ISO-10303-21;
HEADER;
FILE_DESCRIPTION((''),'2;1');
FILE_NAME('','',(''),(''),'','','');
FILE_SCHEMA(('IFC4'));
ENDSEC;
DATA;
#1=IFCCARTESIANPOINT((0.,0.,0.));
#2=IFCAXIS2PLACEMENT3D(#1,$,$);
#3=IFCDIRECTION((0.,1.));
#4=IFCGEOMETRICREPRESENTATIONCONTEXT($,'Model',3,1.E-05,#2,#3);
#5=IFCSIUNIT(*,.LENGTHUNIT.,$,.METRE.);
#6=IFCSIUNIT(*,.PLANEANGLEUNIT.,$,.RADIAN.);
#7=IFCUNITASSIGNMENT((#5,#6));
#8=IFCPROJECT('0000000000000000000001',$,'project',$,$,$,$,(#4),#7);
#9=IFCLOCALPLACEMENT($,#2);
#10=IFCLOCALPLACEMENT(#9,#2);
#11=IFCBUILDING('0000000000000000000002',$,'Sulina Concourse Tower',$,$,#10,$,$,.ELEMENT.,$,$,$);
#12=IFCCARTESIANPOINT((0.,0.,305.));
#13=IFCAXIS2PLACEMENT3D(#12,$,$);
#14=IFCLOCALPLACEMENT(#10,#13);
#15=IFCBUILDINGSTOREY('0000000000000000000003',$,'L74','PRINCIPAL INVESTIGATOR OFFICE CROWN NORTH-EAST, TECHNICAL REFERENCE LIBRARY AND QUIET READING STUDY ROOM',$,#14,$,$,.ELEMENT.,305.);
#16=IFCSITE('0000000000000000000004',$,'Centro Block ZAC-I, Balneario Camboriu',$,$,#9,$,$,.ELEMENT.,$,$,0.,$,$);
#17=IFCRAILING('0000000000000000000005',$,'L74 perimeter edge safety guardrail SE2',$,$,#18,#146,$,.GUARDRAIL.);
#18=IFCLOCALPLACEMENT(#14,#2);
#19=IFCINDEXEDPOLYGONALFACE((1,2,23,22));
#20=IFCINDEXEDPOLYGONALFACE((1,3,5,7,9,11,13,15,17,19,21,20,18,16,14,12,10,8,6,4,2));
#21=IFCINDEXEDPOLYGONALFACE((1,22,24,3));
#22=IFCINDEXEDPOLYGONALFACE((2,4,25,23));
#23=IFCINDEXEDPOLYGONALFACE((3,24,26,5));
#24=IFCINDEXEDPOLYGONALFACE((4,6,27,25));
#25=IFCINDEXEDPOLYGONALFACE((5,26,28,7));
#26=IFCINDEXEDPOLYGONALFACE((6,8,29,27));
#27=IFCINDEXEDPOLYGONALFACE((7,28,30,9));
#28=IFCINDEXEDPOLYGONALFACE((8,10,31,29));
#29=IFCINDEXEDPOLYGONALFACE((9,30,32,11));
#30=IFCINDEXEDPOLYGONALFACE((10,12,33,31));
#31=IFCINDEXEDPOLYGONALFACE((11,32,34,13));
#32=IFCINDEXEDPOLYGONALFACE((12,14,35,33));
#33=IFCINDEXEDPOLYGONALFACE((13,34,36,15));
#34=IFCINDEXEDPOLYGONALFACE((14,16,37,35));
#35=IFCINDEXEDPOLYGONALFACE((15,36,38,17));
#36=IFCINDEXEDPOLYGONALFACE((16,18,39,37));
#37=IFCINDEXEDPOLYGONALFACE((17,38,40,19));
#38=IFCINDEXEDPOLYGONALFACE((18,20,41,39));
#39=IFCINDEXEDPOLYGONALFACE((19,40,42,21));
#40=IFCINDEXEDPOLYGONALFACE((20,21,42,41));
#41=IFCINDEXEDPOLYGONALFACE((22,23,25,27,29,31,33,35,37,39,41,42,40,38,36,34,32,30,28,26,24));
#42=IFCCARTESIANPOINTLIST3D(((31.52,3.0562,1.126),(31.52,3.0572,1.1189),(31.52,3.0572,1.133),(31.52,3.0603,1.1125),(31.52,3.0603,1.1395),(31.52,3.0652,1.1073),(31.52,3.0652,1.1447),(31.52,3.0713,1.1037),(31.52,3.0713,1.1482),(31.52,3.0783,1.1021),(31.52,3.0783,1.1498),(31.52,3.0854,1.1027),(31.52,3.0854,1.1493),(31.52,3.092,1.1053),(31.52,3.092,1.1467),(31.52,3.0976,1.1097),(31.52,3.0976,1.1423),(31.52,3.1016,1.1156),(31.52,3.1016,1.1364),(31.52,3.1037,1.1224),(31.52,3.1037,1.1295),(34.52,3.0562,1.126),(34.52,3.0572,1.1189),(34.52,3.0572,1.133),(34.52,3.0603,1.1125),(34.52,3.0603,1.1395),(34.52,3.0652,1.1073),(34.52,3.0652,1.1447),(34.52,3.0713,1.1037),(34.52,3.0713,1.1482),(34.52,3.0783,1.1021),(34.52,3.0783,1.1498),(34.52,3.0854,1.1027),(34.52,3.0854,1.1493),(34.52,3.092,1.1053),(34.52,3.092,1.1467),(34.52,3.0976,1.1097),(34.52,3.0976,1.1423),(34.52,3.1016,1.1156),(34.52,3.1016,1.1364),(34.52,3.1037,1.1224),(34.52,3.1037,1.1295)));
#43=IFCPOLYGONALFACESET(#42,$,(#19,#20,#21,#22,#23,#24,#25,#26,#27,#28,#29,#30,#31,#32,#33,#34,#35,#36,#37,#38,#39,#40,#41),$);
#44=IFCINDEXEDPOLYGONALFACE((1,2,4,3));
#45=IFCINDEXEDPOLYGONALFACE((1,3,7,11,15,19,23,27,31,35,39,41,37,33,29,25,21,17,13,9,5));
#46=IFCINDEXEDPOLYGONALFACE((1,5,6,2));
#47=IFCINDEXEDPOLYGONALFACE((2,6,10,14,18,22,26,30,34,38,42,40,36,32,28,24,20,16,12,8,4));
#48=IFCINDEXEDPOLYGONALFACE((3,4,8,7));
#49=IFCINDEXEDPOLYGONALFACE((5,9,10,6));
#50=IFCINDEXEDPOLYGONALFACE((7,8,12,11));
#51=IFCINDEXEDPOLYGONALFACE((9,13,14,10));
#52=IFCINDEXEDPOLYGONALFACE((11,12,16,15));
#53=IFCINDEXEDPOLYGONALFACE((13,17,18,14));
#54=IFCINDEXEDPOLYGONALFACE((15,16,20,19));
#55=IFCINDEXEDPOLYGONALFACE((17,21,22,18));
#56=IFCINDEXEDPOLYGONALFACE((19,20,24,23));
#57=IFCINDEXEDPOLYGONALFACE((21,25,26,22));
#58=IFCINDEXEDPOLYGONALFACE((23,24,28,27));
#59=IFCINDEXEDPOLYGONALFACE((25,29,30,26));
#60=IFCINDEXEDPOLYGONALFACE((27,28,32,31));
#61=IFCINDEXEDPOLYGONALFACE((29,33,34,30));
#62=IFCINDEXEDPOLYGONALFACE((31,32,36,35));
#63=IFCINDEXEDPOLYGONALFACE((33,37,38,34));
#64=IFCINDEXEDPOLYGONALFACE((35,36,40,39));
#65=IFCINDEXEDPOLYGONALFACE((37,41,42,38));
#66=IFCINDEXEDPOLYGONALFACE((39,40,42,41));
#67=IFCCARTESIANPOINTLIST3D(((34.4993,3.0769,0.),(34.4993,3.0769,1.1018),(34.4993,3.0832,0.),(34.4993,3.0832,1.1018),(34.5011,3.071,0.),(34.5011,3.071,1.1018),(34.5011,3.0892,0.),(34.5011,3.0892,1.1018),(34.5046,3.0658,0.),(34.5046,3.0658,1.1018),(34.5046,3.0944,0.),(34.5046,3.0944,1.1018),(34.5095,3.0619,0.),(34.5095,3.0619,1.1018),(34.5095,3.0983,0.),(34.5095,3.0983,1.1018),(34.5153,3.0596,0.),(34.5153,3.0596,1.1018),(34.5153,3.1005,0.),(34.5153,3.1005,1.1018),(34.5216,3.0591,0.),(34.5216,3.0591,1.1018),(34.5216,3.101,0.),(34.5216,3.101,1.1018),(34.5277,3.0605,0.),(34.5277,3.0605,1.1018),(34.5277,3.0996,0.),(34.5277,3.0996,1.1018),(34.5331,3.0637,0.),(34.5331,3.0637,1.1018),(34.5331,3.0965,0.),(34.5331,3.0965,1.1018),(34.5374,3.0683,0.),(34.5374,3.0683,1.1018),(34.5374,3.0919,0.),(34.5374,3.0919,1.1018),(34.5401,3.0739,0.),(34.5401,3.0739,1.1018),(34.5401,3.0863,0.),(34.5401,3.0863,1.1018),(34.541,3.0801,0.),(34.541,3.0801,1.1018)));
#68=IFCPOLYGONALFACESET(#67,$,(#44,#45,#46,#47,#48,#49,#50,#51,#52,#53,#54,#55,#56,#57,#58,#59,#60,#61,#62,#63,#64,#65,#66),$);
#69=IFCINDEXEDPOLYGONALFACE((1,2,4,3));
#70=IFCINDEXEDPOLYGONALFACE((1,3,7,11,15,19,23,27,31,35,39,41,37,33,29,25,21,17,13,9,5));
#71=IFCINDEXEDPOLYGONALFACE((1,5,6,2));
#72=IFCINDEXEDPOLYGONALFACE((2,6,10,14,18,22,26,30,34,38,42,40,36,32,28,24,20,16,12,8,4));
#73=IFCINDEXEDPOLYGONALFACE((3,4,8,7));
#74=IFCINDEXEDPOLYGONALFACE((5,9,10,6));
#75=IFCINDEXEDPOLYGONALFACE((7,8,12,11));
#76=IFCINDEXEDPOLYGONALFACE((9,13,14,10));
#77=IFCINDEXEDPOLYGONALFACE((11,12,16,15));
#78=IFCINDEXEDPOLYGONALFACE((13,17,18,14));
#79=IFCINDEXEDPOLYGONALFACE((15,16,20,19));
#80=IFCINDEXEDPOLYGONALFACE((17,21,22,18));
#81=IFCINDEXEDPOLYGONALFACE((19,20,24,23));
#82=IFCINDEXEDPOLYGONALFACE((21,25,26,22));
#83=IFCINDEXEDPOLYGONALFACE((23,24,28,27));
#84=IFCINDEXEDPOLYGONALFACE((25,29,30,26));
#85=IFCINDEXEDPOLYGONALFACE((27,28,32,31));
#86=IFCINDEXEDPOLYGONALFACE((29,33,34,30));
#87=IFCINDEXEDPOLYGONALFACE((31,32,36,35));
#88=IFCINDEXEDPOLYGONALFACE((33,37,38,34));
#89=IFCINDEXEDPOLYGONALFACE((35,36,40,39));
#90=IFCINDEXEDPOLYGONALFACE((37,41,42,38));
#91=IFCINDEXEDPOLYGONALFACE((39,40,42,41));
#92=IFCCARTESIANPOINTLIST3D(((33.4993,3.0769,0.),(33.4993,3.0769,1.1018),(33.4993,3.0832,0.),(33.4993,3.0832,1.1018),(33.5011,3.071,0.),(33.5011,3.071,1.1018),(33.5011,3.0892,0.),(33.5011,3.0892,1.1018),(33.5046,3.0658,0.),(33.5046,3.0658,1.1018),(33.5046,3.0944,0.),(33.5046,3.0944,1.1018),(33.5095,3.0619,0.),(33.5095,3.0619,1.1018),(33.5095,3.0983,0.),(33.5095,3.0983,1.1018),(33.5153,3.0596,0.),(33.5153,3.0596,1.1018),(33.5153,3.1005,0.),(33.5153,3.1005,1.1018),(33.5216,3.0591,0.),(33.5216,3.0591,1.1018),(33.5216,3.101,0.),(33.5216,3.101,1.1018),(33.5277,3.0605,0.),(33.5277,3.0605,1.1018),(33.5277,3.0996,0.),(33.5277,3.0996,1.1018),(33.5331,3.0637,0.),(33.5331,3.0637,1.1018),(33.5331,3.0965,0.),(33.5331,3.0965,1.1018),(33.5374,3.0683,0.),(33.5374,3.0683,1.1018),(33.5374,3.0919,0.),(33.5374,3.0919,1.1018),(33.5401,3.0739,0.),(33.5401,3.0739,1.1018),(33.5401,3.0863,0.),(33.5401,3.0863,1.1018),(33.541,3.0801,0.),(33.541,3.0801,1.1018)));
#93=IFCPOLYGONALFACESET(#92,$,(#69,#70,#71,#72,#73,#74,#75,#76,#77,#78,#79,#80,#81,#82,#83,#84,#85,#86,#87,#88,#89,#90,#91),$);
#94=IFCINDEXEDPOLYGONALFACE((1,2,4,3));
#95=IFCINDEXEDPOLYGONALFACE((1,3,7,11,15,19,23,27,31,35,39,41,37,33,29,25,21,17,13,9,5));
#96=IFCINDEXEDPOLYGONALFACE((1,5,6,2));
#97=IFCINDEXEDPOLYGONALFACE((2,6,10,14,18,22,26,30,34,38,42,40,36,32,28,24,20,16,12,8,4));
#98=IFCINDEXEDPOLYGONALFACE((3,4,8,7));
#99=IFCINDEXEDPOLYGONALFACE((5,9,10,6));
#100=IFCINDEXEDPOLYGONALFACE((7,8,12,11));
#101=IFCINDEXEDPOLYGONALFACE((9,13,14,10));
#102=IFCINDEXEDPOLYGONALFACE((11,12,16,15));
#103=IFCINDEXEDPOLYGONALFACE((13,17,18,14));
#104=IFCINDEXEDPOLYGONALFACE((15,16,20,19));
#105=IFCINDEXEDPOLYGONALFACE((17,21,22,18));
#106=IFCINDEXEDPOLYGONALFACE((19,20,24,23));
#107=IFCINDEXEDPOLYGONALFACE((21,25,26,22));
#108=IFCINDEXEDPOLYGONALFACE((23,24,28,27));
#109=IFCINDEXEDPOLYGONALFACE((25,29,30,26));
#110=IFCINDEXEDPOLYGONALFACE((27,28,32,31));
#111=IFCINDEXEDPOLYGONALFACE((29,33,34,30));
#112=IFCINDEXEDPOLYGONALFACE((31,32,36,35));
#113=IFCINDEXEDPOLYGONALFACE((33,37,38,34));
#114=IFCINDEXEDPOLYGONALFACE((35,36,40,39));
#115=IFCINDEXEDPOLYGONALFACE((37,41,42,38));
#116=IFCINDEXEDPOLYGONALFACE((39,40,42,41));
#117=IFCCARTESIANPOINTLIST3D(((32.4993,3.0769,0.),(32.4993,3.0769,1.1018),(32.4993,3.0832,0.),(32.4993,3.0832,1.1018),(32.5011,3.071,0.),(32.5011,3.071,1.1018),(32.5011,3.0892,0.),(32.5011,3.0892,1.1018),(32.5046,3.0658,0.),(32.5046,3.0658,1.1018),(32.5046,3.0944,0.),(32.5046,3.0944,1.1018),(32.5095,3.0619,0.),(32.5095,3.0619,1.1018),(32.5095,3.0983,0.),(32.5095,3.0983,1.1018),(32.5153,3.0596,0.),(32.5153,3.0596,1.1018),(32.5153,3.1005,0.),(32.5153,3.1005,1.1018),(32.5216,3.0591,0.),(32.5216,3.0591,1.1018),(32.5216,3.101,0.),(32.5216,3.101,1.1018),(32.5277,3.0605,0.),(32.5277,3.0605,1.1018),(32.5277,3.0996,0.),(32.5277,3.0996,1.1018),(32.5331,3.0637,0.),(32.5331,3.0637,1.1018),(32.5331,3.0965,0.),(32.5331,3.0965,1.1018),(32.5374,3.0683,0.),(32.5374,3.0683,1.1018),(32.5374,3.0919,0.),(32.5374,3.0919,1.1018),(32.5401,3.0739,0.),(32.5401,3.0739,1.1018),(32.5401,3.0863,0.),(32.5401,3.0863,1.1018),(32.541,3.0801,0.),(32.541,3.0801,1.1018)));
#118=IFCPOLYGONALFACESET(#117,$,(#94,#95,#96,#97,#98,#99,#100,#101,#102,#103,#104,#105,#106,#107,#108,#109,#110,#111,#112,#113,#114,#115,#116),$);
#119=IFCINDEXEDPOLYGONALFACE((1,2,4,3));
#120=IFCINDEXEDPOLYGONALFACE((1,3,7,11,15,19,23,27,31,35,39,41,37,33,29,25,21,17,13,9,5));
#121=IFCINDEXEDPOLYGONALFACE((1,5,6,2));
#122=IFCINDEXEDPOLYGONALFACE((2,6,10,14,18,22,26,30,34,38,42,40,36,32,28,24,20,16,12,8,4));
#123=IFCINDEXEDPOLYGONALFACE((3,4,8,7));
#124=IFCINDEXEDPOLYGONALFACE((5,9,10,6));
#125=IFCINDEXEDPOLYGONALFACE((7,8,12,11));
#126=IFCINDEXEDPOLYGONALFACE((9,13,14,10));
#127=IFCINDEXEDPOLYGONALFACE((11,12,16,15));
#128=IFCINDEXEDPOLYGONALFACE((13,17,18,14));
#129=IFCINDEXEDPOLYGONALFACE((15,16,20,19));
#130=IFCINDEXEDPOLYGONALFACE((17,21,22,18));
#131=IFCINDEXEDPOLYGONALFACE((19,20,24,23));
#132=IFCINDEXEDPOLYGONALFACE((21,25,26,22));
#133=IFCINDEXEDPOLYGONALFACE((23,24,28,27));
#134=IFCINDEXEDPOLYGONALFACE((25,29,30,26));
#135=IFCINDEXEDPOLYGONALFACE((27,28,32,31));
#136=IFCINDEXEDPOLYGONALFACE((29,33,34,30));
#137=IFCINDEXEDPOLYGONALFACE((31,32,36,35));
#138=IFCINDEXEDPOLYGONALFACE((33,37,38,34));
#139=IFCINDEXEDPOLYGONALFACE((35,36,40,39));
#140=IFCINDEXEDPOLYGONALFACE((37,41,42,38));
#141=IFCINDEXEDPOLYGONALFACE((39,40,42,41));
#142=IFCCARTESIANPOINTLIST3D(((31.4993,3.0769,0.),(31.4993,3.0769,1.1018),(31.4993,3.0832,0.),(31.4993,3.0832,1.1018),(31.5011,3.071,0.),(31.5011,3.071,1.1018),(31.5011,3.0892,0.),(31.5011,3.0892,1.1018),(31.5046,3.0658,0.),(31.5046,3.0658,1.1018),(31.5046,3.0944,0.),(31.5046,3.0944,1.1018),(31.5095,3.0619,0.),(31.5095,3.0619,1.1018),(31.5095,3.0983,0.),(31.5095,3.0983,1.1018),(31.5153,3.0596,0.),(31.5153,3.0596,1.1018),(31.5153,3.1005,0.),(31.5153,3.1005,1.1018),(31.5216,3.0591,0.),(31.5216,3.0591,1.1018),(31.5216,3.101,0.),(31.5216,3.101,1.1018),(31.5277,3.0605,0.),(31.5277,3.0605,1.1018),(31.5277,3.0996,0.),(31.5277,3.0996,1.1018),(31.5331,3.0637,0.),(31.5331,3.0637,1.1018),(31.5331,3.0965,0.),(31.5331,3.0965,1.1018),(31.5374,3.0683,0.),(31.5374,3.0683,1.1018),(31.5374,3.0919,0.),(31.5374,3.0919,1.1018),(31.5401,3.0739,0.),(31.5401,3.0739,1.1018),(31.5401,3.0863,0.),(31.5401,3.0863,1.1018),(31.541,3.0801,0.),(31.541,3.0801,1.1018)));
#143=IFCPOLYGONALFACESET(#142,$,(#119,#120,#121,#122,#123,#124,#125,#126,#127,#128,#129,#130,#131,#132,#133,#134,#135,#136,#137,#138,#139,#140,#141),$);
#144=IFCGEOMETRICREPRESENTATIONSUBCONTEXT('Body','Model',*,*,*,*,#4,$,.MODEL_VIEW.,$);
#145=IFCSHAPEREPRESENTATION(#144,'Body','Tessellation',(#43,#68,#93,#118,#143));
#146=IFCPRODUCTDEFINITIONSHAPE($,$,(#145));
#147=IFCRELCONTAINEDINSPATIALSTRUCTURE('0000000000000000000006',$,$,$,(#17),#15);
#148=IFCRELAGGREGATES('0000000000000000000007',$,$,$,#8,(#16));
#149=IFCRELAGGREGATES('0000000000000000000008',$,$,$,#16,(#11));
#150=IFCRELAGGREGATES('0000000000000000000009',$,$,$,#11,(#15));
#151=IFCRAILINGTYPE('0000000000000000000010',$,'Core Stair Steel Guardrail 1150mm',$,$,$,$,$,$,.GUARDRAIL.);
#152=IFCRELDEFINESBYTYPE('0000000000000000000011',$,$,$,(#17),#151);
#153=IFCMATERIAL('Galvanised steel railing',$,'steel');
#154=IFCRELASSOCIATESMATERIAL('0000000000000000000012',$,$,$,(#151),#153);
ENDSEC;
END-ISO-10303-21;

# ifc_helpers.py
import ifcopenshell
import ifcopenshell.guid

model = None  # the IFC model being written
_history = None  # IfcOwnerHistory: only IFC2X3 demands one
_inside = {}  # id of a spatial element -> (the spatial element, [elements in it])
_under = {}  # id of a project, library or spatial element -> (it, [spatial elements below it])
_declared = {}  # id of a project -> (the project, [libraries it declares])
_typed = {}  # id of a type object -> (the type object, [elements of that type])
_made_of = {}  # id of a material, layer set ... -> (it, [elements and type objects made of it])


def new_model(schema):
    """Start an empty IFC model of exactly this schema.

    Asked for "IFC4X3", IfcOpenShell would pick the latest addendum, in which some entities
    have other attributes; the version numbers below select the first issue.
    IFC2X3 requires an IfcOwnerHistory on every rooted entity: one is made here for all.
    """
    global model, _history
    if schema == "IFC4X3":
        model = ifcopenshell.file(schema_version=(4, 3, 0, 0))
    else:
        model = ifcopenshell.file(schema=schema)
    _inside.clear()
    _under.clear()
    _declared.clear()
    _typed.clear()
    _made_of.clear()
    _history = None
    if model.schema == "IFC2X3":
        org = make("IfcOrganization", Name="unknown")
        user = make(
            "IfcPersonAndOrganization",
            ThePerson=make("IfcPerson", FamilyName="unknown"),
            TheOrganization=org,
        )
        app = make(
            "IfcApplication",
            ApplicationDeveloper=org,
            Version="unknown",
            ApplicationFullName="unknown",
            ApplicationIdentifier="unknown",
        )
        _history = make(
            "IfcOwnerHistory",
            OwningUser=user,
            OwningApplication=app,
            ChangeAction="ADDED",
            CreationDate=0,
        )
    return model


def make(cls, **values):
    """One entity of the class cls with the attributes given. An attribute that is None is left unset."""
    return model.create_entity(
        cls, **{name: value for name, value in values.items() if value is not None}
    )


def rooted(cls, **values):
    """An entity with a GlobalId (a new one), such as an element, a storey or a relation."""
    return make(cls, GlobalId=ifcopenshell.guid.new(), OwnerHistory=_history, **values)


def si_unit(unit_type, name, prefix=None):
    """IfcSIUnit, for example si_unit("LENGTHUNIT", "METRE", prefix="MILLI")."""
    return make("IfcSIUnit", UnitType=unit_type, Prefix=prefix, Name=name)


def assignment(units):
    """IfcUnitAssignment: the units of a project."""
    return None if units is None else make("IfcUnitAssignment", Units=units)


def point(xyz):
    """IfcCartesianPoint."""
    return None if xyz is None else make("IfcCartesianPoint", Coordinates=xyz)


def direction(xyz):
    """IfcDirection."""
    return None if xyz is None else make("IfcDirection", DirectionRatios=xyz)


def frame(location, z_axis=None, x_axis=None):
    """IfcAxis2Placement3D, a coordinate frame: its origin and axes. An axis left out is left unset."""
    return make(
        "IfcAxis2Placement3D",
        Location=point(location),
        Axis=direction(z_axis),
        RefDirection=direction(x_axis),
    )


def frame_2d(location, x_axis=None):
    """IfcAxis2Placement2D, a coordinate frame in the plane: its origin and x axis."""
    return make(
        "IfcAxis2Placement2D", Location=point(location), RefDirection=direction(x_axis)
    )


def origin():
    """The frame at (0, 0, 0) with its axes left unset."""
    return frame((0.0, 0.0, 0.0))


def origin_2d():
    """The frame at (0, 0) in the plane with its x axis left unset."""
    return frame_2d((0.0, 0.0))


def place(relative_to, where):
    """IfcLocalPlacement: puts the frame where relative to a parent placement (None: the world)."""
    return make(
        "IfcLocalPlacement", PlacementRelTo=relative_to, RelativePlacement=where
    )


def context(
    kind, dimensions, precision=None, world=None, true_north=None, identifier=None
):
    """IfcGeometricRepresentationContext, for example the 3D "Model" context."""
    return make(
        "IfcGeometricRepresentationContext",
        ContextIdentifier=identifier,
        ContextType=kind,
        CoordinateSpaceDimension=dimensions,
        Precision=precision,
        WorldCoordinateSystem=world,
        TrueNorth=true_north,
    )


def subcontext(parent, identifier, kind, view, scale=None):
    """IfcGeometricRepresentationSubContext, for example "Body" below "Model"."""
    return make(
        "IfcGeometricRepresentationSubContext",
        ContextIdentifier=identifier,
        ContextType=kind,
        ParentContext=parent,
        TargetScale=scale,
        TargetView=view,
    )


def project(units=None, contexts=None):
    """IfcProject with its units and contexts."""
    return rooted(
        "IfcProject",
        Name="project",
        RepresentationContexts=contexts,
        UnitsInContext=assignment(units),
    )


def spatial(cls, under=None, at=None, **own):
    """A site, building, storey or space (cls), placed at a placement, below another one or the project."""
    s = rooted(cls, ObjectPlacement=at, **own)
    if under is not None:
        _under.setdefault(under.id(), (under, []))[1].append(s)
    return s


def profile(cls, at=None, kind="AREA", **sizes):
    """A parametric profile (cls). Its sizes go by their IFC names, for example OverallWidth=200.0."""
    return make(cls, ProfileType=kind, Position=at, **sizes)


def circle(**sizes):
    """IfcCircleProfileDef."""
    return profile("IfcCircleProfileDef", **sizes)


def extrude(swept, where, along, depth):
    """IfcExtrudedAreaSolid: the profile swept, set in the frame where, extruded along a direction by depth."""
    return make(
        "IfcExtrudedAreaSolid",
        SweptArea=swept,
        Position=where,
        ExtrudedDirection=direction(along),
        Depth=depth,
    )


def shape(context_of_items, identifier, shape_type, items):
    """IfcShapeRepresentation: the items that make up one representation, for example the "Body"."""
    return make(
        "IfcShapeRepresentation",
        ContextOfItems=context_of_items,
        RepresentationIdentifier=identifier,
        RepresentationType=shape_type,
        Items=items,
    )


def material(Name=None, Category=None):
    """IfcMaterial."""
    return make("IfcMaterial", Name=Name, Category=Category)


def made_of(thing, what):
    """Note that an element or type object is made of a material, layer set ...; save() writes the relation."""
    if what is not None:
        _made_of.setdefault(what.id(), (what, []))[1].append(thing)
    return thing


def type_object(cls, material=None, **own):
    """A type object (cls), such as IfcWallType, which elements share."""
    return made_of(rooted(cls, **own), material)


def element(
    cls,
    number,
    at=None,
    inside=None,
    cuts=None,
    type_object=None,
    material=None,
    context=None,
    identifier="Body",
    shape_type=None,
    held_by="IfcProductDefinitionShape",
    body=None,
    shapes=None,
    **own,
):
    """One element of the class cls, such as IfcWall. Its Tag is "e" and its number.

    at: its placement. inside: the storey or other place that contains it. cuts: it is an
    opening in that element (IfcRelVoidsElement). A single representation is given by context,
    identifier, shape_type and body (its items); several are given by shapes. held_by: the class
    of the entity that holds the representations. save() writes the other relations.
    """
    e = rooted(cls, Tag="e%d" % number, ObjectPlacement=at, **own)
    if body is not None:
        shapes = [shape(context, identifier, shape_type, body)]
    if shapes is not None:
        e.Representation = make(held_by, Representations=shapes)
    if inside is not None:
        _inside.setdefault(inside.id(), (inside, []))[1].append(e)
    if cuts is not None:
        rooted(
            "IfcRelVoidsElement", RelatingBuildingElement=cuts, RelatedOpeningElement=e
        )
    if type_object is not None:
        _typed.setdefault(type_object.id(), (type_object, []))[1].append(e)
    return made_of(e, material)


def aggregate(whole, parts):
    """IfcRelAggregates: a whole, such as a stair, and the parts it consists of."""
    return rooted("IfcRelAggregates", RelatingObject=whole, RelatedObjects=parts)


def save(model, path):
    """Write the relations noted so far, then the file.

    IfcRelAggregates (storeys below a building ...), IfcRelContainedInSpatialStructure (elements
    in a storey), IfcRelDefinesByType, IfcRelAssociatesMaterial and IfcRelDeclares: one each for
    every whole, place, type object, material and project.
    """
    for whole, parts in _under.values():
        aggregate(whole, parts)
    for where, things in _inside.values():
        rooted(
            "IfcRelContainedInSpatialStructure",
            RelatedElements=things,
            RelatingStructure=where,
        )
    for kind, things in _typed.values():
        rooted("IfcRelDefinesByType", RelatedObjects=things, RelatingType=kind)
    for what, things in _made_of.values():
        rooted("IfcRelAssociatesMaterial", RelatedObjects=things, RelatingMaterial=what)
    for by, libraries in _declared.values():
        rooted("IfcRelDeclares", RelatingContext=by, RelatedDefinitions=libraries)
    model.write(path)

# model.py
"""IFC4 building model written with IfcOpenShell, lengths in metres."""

from ifc_helpers import new_model, si_unit, direction, frame, origin, origin_2d, place, context, subcontext, project, spatial, circle, extrude, material, type_object, element, save


model = new_model("IFC4")

# Units and contexts
model_context = context("Model", 3, precision=1e-05, world=origin(), true_north=direction((0.0, 1.0)))
body_context = subcontext(model_context, "Body", "Model", "MODEL_VIEW")
ifc_project = project(units=[si_unit("LENGTHUNIT", "METRE"), si_unit("PLANEANGLEUNIT", "RADIAN")], contexts=[model_context])

# Site, building, storey
site_placement = place(None, origin())
site = spatial("IfcSite", under=ifc_project, at=site_placement, Name="Centro Block ZAC-I, Balneario Camboriu", CompositionType="ELEMENT", RefElevation=0.0)
building_placement = place(site_placement, origin())
building = spatial("IfcBuilding", under=site, at=building_placement, Name="Sulina Concourse Tower", CompositionType="ELEMENT")
storey_placement = place(building_placement, frame((0.0, 0.0, 305.0)))
storey = spatial("IfcBuildingStorey", under=building, at=storey_placement, Name="L74", Description="PRINCIPAL INVESTIGATOR OFFICE CROWN NORTH-EAST, TECHNICAL REFERENCE LIBRARY AND QUIET READING STUDY ROOM", CompositionType="ELEMENT", Elevation=305.0)

# Railing
ifc_material_1 = material(Name="Galvanised steel railing", Category="steel")
railing_type_1 = type_object("IfcRailingType", Name="Core Stair Steel Guardrail 1150mm", PredefinedType="GUARDRAIL", material=ifc_material_1)
railing_1_placement = place(storey_placement, frame((34.52, 3.0801, 0.0)))
element("IfcRailing", 1, at=railing_1_placement, inside=storey, type_object=railing_type_1, Name="L74 perimeter edge safety guardrail SE2", PredefinedType="GUARDRAIL", context=body_context, shape_type="SweptSolid", body=[
    extrude(circle(Radius=0.0239, at=origin_2d()), frame((0.0, 0.0, 1.126), z_axis=(-1.0, 0.0, 0.0), x_axis=(0.0, -1.0, 0.0)), (0.0, 0.0, 1.0), 3.0),
    extrude(circle(Radius=0.021, at=origin_2d()), origin(), (0.0, 0.0, 1.0), 1.1018),
    extrude(circle(Radius=0.021, at=origin_2d()), frame((-1.0, 0.0, 0.0)), (0.0, 0.0, 1.0), 1.1018),
    extrude(circle(Radius=0.021, at=origin_2d()), frame((-2.0, 0.0, 0.0)), (0.0, 0.0, 1.0), 1.1018),
    extrude(circle(Radius=0.021, at=origin_2d()), frame((-3.0, 0.0, 0.0)), (0.0, 0.0, 1.0), 1.1018),
])

save(model, "model.ifc")
